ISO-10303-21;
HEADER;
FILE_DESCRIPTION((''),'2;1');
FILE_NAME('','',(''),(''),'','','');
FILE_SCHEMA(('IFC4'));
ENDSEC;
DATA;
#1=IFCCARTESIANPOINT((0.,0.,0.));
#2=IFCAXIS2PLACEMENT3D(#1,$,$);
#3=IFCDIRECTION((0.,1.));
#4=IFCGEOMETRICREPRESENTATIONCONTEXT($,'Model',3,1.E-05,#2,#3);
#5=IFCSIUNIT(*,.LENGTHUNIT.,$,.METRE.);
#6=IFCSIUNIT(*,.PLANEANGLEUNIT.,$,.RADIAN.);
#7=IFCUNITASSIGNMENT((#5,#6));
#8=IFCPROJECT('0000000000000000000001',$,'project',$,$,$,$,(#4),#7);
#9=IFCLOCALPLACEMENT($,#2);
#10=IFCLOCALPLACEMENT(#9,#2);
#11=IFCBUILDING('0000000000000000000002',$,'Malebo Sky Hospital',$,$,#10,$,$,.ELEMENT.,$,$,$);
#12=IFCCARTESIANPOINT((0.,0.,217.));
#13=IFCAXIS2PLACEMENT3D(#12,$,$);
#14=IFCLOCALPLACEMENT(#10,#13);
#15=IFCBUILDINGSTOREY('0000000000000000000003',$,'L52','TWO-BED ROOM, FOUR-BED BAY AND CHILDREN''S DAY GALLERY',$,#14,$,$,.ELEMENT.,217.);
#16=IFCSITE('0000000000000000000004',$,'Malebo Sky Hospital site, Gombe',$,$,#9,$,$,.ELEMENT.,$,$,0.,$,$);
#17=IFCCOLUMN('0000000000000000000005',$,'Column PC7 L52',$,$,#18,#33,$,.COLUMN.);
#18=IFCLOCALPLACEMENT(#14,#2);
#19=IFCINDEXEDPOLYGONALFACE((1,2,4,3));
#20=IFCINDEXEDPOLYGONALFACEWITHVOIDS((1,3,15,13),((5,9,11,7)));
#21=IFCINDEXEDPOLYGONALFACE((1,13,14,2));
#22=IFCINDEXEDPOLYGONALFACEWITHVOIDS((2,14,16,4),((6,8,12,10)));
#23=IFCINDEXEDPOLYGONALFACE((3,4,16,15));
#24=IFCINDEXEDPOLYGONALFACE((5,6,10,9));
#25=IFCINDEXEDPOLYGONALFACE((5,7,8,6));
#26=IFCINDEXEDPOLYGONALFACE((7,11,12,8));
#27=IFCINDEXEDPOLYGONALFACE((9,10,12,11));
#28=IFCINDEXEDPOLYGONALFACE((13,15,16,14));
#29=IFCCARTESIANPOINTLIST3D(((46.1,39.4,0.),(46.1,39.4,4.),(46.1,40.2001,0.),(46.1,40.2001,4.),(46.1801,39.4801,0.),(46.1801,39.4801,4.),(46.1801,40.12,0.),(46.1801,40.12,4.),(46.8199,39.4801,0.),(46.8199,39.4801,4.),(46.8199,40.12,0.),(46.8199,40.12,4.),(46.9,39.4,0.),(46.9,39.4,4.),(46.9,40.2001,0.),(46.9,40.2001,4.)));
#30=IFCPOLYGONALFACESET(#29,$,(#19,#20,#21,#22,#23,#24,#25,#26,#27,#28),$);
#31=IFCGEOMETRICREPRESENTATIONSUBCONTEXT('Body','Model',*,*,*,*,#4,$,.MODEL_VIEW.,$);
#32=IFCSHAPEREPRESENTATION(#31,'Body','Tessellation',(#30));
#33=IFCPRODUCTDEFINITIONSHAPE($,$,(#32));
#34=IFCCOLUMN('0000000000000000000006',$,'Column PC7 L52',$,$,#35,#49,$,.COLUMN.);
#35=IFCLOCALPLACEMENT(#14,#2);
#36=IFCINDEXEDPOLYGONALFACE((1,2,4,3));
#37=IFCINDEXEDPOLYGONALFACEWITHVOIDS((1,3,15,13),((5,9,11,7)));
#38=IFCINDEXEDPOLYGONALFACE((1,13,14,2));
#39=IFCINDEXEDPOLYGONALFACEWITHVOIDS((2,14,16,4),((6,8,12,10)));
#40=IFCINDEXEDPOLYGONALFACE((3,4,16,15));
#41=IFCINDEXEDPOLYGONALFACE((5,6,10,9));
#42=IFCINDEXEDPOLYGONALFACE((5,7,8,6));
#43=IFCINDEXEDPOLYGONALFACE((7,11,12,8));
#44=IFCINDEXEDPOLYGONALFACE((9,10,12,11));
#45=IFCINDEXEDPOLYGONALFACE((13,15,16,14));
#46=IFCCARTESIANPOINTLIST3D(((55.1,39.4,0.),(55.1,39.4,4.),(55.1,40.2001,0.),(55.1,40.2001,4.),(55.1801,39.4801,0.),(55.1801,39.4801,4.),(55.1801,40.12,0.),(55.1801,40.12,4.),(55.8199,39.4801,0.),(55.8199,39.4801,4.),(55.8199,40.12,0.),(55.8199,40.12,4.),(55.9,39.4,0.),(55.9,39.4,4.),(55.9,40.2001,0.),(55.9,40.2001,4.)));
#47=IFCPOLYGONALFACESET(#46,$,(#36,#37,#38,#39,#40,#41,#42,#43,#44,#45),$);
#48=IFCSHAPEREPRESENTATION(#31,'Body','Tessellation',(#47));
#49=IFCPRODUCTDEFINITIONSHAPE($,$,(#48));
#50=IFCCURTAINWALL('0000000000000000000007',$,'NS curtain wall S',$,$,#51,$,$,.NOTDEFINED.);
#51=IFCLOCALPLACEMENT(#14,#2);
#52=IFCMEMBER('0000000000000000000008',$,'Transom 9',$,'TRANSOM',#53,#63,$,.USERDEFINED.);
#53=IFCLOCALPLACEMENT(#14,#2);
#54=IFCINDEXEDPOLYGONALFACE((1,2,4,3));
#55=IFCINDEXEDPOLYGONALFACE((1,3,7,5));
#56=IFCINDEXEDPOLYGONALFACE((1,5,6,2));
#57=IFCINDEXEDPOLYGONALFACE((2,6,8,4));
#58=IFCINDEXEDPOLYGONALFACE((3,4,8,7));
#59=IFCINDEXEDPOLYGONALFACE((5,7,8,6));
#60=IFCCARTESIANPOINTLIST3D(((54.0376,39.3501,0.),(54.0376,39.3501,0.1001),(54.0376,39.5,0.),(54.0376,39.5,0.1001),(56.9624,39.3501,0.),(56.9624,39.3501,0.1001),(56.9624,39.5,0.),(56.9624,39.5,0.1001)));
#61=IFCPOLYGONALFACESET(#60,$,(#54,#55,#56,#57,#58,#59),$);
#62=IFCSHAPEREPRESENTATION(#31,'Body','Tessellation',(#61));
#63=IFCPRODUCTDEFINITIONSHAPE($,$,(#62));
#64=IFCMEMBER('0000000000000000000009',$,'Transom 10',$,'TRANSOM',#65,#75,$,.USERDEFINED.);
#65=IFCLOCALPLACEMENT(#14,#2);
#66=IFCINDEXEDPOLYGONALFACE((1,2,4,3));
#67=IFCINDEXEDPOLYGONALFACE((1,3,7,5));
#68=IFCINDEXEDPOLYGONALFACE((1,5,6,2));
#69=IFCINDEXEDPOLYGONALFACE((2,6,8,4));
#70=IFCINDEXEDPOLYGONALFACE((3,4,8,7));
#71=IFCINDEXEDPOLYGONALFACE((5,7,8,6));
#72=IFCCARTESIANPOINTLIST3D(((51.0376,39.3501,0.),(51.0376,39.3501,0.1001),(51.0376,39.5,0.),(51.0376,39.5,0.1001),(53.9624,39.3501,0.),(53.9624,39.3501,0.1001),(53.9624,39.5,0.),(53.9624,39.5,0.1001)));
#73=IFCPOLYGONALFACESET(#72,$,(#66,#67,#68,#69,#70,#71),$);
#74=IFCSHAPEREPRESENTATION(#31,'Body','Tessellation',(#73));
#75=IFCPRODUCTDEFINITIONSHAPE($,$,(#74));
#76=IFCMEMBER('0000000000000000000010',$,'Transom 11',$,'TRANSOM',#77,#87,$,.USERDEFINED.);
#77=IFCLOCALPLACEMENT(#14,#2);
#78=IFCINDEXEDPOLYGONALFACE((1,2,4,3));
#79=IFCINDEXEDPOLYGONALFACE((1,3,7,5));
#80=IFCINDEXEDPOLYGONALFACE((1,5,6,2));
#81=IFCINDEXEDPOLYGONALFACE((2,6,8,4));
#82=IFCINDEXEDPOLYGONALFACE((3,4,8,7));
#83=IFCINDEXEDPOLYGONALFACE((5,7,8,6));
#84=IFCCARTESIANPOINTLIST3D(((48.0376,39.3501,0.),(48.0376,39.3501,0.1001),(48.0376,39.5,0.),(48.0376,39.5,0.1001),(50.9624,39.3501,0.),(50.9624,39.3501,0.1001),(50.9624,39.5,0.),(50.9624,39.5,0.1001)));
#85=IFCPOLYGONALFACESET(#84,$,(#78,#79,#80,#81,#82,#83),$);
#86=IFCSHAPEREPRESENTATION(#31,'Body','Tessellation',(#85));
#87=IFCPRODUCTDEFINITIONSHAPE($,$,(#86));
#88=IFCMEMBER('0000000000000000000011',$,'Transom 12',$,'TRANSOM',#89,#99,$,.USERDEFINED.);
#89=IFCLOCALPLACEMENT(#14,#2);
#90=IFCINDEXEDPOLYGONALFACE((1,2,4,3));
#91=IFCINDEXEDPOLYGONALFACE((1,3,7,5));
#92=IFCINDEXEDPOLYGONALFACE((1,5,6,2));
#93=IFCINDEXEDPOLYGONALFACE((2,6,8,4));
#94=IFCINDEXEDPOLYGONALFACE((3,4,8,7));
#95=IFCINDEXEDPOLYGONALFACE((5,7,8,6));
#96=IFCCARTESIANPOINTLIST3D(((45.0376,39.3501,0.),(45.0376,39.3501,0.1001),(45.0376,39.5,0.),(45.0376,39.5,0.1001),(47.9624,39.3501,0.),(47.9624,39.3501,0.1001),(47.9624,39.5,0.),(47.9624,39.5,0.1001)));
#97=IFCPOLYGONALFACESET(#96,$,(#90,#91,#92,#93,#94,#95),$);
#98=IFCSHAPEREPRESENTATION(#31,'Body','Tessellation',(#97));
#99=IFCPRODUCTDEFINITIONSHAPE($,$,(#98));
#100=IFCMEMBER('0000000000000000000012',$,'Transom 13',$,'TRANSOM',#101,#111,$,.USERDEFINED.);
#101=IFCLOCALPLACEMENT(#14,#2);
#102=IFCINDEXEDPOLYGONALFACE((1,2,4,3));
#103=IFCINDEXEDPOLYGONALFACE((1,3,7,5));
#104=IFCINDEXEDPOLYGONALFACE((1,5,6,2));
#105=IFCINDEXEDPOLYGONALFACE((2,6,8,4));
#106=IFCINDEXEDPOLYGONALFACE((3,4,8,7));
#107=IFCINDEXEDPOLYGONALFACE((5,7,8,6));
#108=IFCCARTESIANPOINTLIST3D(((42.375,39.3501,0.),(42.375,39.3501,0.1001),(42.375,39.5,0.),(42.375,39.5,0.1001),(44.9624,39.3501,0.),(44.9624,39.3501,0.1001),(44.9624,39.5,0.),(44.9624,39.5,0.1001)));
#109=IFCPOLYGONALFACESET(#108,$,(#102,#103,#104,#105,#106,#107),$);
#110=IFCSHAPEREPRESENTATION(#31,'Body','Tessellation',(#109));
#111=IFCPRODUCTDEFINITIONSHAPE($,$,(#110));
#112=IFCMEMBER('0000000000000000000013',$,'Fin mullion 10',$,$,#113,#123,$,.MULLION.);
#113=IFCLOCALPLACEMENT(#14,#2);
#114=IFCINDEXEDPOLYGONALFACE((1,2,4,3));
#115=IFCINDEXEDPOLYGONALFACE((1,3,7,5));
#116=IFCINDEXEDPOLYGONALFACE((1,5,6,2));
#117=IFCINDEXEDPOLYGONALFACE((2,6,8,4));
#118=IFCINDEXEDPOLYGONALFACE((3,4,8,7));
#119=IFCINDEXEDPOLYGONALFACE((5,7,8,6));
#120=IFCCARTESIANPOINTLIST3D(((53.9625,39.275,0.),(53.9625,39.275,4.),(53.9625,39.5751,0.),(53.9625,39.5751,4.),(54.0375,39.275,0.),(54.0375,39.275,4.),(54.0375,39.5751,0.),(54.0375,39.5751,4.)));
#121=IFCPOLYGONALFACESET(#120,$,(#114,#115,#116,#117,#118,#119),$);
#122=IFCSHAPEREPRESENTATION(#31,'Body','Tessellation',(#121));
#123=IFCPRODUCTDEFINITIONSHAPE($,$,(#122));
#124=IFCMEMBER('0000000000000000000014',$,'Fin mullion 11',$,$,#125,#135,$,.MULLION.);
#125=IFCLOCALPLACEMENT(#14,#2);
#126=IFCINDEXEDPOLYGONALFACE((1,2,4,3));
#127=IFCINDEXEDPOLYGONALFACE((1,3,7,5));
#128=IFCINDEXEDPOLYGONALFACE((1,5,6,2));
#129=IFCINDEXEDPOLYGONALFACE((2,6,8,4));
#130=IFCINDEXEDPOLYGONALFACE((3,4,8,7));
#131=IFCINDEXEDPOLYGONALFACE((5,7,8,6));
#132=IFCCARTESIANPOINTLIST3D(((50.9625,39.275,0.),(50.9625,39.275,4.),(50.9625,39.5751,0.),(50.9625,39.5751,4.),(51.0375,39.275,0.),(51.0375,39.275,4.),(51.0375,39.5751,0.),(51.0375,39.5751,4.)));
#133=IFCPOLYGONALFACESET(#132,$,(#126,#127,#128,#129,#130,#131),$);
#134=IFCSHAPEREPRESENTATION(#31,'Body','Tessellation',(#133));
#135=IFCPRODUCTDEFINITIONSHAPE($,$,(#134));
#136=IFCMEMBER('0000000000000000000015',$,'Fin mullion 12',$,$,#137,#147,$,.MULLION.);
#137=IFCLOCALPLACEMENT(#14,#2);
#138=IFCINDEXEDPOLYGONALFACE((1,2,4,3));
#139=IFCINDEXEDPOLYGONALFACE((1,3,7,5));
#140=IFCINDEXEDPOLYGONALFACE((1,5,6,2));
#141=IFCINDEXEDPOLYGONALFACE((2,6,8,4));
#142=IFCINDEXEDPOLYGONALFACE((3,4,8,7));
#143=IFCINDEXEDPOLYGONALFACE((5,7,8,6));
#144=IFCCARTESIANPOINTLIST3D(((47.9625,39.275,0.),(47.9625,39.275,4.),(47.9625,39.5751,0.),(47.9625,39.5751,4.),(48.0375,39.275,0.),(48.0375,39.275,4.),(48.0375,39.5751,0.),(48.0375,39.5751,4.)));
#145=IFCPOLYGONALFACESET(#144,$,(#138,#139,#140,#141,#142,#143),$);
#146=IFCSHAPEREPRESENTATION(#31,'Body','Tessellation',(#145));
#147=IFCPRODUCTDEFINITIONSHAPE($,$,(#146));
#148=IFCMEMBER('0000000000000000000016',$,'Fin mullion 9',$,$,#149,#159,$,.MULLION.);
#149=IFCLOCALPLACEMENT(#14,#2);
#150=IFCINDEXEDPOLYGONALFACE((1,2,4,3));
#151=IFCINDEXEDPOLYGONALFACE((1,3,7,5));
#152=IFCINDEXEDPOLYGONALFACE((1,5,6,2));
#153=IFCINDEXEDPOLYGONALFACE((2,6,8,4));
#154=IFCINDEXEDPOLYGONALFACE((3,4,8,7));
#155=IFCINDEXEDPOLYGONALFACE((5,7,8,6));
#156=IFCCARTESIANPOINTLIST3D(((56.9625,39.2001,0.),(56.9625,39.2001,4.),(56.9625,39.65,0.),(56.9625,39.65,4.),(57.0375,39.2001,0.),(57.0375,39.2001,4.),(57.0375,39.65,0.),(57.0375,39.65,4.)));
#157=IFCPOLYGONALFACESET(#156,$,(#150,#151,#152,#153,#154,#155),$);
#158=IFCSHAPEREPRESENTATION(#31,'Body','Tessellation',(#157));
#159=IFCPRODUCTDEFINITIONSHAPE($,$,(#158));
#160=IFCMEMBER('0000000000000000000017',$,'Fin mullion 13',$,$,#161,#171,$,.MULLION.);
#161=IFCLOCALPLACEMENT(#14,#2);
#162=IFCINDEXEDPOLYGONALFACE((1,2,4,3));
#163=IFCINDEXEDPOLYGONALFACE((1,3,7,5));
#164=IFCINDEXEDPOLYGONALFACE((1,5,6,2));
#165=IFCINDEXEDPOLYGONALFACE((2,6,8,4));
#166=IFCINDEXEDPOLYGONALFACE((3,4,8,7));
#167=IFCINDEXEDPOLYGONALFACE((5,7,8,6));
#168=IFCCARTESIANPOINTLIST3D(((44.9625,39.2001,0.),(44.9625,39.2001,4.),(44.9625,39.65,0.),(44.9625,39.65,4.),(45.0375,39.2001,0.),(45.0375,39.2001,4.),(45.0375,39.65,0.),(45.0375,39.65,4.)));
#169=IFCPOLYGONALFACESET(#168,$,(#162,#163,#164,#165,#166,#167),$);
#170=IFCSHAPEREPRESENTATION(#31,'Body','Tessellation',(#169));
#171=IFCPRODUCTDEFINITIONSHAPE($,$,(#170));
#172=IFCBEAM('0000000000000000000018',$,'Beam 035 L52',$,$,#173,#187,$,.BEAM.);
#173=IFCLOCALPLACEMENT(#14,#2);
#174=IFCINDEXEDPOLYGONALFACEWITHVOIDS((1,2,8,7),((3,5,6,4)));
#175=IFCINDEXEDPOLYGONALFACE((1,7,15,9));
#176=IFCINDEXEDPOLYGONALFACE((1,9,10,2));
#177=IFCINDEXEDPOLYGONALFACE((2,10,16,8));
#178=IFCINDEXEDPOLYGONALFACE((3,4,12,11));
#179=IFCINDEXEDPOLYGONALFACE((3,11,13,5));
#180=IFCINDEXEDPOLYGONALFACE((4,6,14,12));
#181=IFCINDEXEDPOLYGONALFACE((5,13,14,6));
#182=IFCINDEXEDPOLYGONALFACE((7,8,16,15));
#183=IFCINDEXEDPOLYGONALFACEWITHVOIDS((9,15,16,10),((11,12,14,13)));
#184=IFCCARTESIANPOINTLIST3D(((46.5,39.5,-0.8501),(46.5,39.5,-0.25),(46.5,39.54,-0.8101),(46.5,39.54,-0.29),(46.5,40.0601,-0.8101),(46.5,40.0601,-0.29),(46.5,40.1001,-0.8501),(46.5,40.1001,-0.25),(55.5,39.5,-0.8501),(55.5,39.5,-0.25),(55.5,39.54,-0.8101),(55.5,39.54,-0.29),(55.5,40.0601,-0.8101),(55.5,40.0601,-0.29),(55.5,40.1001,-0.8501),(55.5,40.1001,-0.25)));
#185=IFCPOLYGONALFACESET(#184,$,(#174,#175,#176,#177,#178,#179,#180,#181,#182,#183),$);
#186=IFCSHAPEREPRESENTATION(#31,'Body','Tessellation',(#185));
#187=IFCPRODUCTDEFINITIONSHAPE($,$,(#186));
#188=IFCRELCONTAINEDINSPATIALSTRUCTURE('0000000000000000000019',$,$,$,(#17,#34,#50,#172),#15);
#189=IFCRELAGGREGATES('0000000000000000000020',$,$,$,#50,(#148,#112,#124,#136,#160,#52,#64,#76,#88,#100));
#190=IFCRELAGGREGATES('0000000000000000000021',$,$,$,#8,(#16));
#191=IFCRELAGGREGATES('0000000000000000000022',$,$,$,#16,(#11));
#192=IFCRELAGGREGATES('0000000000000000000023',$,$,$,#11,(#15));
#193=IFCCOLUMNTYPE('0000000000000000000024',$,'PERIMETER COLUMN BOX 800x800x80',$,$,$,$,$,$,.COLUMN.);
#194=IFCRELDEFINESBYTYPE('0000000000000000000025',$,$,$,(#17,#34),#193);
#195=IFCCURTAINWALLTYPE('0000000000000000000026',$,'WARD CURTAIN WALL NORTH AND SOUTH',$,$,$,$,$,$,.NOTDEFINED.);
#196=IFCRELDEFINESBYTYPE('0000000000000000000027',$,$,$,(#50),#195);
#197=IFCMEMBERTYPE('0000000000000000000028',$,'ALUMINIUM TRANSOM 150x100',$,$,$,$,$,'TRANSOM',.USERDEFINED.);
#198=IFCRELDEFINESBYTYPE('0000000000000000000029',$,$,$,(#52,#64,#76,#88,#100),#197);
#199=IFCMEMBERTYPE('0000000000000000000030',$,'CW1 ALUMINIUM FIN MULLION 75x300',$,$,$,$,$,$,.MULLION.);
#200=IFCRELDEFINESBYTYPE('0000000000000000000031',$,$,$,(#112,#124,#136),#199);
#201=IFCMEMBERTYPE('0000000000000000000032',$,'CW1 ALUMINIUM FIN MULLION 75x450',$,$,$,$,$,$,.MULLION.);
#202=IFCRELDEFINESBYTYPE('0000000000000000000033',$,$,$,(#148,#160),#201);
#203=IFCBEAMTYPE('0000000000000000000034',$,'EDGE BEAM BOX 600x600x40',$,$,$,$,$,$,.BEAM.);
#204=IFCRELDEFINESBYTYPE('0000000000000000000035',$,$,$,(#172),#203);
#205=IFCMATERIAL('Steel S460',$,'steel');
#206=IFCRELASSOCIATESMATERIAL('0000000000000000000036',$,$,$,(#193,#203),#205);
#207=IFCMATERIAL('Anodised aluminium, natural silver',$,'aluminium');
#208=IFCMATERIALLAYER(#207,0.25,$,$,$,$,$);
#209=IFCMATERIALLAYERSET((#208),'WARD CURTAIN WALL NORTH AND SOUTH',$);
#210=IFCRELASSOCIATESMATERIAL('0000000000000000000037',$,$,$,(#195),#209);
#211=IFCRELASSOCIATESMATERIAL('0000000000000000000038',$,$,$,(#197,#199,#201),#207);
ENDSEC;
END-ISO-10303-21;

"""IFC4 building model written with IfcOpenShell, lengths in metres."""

from ifc_helpers import new_model, si_unit, direction, frame, origin, origin_2d, place, context, subcontext, project, spatial, rectangle, hollow_rectangle, extrude, material, layer, layer_set, material_profile, profile_set, type_object, element, aggregate, save


model = new_model("IFC4")

# Units and contexts
model_context = context("Model", 3, precision=1e-05, world=origin(), true_north=direction((0.0, 1.0)))
body_context = subcontext(model_context, "Body", "Model", "MODEL_VIEW")
ifc_project = project(units=[si_unit("LENGTHUNIT", "METRE"), si_unit("PLANEANGLEUNIT", "RADIAN")], contexts=[model_context])

# Site, building, storey
site_placement = place(None, origin())
site = spatial("IfcSite", under=ifc_project, at=site_placement, Name="Malebo Sky Hospital site, Gombe", CompositionType="ELEMENT", RefElevation=0.0)
building_placement = place(site_placement, origin())
building = spatial("IfcBuilding", under=site, at=building_placement, Name="Malebo Sky Hospital", CompositionType="ELEMENT")
storey_placement = place(building_placement, frame((0.0, 0.0, 217.0)))
storey = spatial("IfcBuildingStorey", under=building, at=storey_placement, Name="L52", Description="TWO-BED ROOM, FOUR-BED BAY AND CHILDREN'S DAY GALLERY", CompositionType="ELEMENT", Elevation=217.0)

# Columns
ifc_material_1 = material(Name="Steel S460", Category="steel")
ifc_material_profile_1 = material_profile(ifc_material_1, hollow_rectangle(XDim=0.8, YDim=0.8, WallThickness=0.0801, at=origin_2d()), Name="BOX 800x800x80")
ifc_profile_set_1 = profile_set([ifc_material_profile_1], Name="Steel S460")
column_type = type_object("IfcColumnType", Name="PERIMETER COLUMN BOX 800x800x80", PredefinedType="COLUMN", material=ifc_profile_set_1)
for number, where, z_axis, x_axis, name in (
    (1, (46.5, 39.8, 0.0), (0.0, 0.0, 1.0), (1.0, 0.0, 0.0), "Column PC7 L52"),
    (2, (55.5, 39.8, 0.0), (0.0, 0.0, 1.0), (1.0, 0.0, 0.0), "Column PC7 L52"),
):
    element("IfcColumn", number, at=place(storey_placement, frame(where, z_axis=z_axis, x_axis=x_axis)), inside=storey, type_object=column_type, Name=name, PredefinedType="COLUMN", context=body_context, shape_type="SweptSolid", body=[
        extrude(hollow_rectangle(XDim=0.8, YDim=0.8, WallThickness=0.0801, at=origin_2d()), origin(), (0.0, 0.0, 1.0), 4.0),
    ])

# Curtain wall, members
ifc_material_2 = material(Name="Anodised aluminium, natural silver", Category="aluminium")
ifc_layer_1 = layer(ifc_material_2, 0.25)
ifc_layer_set_1 = layer_set([ifc_layer_1], Name="WARD CURTAIN WALL NORTH AND SOUTH")
curtain_wall_type = type_object("IfcCurtainWallType", Name="WARD CURTAIN WALL NORTH AND SOUTH", PredefinedType="NOTDEFINED", material=ifc_layer_set_1)
curtain_wall_placement = place(storey_placement, origin())
curtain_wall = element("IfcCurtainWall", 3, at=curtain_wall_placement, inside=storey, type_object=curtain_wall_type, Name="NS curtain wall S", PredefinedType="NOTDEFINED")
ifc_material_profile_2 = material_profile(ifc_material_2, rectangle(XDim=0.1499, YDim=0.1001, at=origin_2d()), Name="ALUMINIUM TRANSOM 150x100")
ifc_profile_set_2 = profile_set([ifc_material_profile_2], Name="Anodised aluminium, natural silver")
member_type_1 = type_object("IfcMemberType", Name="ALUMINIUM TRANSOM 150x100", ElementType="TRANSOM", PredefinedType="USERDEFINED", material=ifc_profile_set_2)
member_1_placement = place(storey_placement, frame((56.9624, 39.425, 0.05), z_axis=(-1.0, 0.0, 0.0), x_axis=(0.0, -1.0, 0.0)))
member_1 = element("IfcMember", 4, at=member_1_placement, type_object=member_type_1, Name="Transom 9", ObjectType="TRANSOM", PredefinedType="USERDEFINED", context=body_context, shape_type="SweptSolid", body=[
    extrude(rectangle(XDim=0.1499, YDim=0.1001, at=origin_2d()), origin(), (0.0, 0.0, 1.0), 2.9248),
])
member_2_placement = place(storey_placement, frame((53.9624, 39.425, 0.05), z_axis=(-1.0, 0.0, 0.0), x_axis=(0.0, -1.0, 0.0)))
member_2 = element("IfcMember", 5, at=member_2_placement, type_object=member_type_1, Name="Transom 10", ObjectType="TRANSOM", PredefinedType="USERDEFINED", context=body_context, shape_type="SweptSolid", body=[
    extrude(rectangle(XDim=0.1499, YDim=0.1001, at=origin_2d()), origin(), (0.0, 0.0, 1.0), 2.9248),
])
member_3_placement = place(storey_placement, frame((50.9624, 39.425, 0.05), z_axis=(-1.0, 0.0, 0.0), x_axis=(0.0, -1.0, 0.0)))
member_3 = element("IfcMember", 6, at=member_3_placement, type_object=member_type_1, Name="Transom 11", ObjectType="TRANSOM", PredefinedType="USERDEFINED", context=body_context, shape_type="SweptSolid", body=[
    extrude(rectangle(XDim=0.1499, YDim=0.1001, at=origin_2d()), origin(), (0.0, 0.0, 1.0), 2.9248),
])
member_4_placement = place(storey_placement, frame((47.9624, 39.425, 0.05), z_axis=(-1.0, 0.0, 0.0), x_axis=(0.0, -1.0, 0.0)))
member_4 = element("IfcMember", 7, at=member_4_placement, type_object=member_type_1, Name="Transom 12", ObjectType="TRANSOM", PredefinedType="USERDEFINED", context=body_context, shape_type="SweptSolid", body=[
    extrude(rectangle(XDim=0.1499, YDim=0.1001, at=origin_2d()), origin(), (0.0, 0.0, 1.0), 2.9248),
])
member_5_placement = place(storey_placement, frame((44.9624, 39.425, 0.05), z_axis=(-1.0, 0.0, 0.0), x_axis=(0.0, -1.0, 0.0)))
member_5 = element("IfcMember", 8, at=member_5_placement, type_object=member_type_1, Name="Transom 13", ObjectType="TRANSOM", PredefinedType="USERDEFINED", context=body_context, shape_type="SweptSolid", body=[
    extrude(rectangle(XDim=0.1499, YDim=0.1001, at=origin_2d()), origin(), (0.0, 0.0, 1.0), 2.5874),
])
ifc_material_profile_3 = material_profile(ifc_material_2, rectangle(XDim=0.075, YDim=0.3, at=origin_2d()), Name="CW1 ALUMINIUM FIN MULLION 75x300")
ifc_profile_set_3 = profile_set([ifc_material_profile_3], Name="Anodised aluminium, natural silver")
member_type_2 = type_object("IfcMemberType", Name="CW1 ALUMINIUM FIN MULLION 75x300", PredefinedType="MULLION", material=ifc_profile_set_3)
member_6_placement = place(storey_placement, frame((54.0, 39.425, 0.0), z_axis=(0.0, 0.0, 1.0), x_axis=(-1.0, 0.0, 0.0)))
member_6 = element("IfcMember", 9, at=member_6_placement, type_object=member_type_2, Name="Fin mullion 10", PredefinedType="MULLION", context=body_context, shape_type="SweptSolid", body=[
    extrude(rectangle(XDim=0.075, YDim=0.3, at=origin_2d()), origin(), (0.0, 0.0, 1.0), 4.0),
])
member_7_placement = place(storey_placement, frame((51.0, 39.425, 0.0), z_axis=(0.0, 0.0, 1.0), x_axis=(-1.0, 0.0, 0.0)))
member_7 = element("IfcMember", 10, at=member_7_placement, type_object=member_type_2, Name="Fin mullion 11", PredefinedType="MULLION", context=body_context, shape_type="SweptSolid", body=[
    extrude(rectangle(XDim=0.075, YDim=0.3, at=origin_2d()), origin(), (0.0, 0.0, 1.0), 4.0),
])
member_8_placement = place(storey_placement, frame((48.0, 39.425, 0.0), z_axis=(0.0, 0.0, 1.0), x_axis=(-1.0, 0.0, 0.0)))
member_8 = element("IfcMember", 11, at=member_8_placement, type_object=member_type_2, Name="Fin mullion 12", PredefinedType="MULLION", context=body_context, shape_type="SweptSolid", body=[
    extrude(rectangle(XDim=0.075, YDim=0.3, at=origin_2d()), origin(), (0.0, 0.0, 1.0), 4.0),
])
ifc_material_profile_4 = material_profile(ifc_material_2, rectangle(XDim=0.075, YDim=0.45, at=origin_2d()), Name="CW1 ALUMINIUM FIN MULLION 75x450")
ifc_profile_set_4 = profile_set([ifc_material_profile_4], Name="Anodised aluminium, natural silver")
member_type_3 = type_object("IfcMemberType", Name="CW1 ALUMINIUM FIN MULLION 75x450", PredefinedType="MULLION", material=ifc_profile_set_4)
member_9_placement = place(storey_placement, frame((57.0, 39.425, 0.0), z_axis=(0.0, 0.0, 1.0), x_axis=(-1.0, 0.0, 0.0)))
member_9 = element("IfcMember", 12, at=member_9_placement, type_object=member_type_3, Name="Fin mullion 9", PredefinedType="MULLION", context=body_context, shape_type="SweptSolid", body=[
    extrude(rectangle(XDim=0.075, YDim=0.45, at=origin_2d()), origin(), (0.0, 0.0, 1.0), 4.0),
])
member_10_placement = place(storey_placement, frame((45.0, 39.425, 0.0), z_axis=(0.0, 0.0, 1.0), x_axis=(-1.0, 0.0, 0.0)))
member_10 = element("IfcMember", 13, at=member_10_placement, type_object=member_type_3, Name="Fin mullion 13", PredefinedType="MULLION", context=body_context, shape_type="SweptSolid", body=[
    extrude(rectangle(XDim=0.075, YDim=0.45, at=origin_2d()), origin(), (0.0, 0.0, 1.0), 4.0),
])

# Beam
ifc_material_profile_5 = material_profile(ifc_material_1, hollow_rectangle(XDim=0.6001, YDim=0.6001, WallThickness=0.04, at=origin_2d()), Name="BOX 600x600x40")
ifc_profile_set_5 = profile_set([ifc_material_profile_5], Name="Steel S460")
beam_type_1 = type_object("IfcBeamType", Name="EDGE BEAM BOX 600x600x40", PredefinedType="BEAM", material=ifc_profile_set_5)
for number, where, z_axis, x_axis, name in (
    (14, (46.5, 39.8, -0.55), (1.0, 0.0, 0.0), (0.0, 1.0, 0.0), "Beam 035 L52"),
):
    element("IfcBeam", number, at=place(storey_placement, frame(where, z_axis=z_axis, x_axis=x_axis)), inside=storey, type_object=beam_type_1, Name=name, PredefinedType="BEAM", context=body_context, shape_type="SweptSolid", body=[
        extrude(hollow_rectangle(XDim=0.6001, YDim=0.6001, WallThickness=0.04, at=origin_2d()), origin(), (0.0, 0.0, 1.0), 9.0),
    ])

aggregate(curtain_wall, [member_9, member_6, member_7, member_8, member_10, member_1, member_2, member_3, member_4, member_5])

save(model, "model.ifc")
